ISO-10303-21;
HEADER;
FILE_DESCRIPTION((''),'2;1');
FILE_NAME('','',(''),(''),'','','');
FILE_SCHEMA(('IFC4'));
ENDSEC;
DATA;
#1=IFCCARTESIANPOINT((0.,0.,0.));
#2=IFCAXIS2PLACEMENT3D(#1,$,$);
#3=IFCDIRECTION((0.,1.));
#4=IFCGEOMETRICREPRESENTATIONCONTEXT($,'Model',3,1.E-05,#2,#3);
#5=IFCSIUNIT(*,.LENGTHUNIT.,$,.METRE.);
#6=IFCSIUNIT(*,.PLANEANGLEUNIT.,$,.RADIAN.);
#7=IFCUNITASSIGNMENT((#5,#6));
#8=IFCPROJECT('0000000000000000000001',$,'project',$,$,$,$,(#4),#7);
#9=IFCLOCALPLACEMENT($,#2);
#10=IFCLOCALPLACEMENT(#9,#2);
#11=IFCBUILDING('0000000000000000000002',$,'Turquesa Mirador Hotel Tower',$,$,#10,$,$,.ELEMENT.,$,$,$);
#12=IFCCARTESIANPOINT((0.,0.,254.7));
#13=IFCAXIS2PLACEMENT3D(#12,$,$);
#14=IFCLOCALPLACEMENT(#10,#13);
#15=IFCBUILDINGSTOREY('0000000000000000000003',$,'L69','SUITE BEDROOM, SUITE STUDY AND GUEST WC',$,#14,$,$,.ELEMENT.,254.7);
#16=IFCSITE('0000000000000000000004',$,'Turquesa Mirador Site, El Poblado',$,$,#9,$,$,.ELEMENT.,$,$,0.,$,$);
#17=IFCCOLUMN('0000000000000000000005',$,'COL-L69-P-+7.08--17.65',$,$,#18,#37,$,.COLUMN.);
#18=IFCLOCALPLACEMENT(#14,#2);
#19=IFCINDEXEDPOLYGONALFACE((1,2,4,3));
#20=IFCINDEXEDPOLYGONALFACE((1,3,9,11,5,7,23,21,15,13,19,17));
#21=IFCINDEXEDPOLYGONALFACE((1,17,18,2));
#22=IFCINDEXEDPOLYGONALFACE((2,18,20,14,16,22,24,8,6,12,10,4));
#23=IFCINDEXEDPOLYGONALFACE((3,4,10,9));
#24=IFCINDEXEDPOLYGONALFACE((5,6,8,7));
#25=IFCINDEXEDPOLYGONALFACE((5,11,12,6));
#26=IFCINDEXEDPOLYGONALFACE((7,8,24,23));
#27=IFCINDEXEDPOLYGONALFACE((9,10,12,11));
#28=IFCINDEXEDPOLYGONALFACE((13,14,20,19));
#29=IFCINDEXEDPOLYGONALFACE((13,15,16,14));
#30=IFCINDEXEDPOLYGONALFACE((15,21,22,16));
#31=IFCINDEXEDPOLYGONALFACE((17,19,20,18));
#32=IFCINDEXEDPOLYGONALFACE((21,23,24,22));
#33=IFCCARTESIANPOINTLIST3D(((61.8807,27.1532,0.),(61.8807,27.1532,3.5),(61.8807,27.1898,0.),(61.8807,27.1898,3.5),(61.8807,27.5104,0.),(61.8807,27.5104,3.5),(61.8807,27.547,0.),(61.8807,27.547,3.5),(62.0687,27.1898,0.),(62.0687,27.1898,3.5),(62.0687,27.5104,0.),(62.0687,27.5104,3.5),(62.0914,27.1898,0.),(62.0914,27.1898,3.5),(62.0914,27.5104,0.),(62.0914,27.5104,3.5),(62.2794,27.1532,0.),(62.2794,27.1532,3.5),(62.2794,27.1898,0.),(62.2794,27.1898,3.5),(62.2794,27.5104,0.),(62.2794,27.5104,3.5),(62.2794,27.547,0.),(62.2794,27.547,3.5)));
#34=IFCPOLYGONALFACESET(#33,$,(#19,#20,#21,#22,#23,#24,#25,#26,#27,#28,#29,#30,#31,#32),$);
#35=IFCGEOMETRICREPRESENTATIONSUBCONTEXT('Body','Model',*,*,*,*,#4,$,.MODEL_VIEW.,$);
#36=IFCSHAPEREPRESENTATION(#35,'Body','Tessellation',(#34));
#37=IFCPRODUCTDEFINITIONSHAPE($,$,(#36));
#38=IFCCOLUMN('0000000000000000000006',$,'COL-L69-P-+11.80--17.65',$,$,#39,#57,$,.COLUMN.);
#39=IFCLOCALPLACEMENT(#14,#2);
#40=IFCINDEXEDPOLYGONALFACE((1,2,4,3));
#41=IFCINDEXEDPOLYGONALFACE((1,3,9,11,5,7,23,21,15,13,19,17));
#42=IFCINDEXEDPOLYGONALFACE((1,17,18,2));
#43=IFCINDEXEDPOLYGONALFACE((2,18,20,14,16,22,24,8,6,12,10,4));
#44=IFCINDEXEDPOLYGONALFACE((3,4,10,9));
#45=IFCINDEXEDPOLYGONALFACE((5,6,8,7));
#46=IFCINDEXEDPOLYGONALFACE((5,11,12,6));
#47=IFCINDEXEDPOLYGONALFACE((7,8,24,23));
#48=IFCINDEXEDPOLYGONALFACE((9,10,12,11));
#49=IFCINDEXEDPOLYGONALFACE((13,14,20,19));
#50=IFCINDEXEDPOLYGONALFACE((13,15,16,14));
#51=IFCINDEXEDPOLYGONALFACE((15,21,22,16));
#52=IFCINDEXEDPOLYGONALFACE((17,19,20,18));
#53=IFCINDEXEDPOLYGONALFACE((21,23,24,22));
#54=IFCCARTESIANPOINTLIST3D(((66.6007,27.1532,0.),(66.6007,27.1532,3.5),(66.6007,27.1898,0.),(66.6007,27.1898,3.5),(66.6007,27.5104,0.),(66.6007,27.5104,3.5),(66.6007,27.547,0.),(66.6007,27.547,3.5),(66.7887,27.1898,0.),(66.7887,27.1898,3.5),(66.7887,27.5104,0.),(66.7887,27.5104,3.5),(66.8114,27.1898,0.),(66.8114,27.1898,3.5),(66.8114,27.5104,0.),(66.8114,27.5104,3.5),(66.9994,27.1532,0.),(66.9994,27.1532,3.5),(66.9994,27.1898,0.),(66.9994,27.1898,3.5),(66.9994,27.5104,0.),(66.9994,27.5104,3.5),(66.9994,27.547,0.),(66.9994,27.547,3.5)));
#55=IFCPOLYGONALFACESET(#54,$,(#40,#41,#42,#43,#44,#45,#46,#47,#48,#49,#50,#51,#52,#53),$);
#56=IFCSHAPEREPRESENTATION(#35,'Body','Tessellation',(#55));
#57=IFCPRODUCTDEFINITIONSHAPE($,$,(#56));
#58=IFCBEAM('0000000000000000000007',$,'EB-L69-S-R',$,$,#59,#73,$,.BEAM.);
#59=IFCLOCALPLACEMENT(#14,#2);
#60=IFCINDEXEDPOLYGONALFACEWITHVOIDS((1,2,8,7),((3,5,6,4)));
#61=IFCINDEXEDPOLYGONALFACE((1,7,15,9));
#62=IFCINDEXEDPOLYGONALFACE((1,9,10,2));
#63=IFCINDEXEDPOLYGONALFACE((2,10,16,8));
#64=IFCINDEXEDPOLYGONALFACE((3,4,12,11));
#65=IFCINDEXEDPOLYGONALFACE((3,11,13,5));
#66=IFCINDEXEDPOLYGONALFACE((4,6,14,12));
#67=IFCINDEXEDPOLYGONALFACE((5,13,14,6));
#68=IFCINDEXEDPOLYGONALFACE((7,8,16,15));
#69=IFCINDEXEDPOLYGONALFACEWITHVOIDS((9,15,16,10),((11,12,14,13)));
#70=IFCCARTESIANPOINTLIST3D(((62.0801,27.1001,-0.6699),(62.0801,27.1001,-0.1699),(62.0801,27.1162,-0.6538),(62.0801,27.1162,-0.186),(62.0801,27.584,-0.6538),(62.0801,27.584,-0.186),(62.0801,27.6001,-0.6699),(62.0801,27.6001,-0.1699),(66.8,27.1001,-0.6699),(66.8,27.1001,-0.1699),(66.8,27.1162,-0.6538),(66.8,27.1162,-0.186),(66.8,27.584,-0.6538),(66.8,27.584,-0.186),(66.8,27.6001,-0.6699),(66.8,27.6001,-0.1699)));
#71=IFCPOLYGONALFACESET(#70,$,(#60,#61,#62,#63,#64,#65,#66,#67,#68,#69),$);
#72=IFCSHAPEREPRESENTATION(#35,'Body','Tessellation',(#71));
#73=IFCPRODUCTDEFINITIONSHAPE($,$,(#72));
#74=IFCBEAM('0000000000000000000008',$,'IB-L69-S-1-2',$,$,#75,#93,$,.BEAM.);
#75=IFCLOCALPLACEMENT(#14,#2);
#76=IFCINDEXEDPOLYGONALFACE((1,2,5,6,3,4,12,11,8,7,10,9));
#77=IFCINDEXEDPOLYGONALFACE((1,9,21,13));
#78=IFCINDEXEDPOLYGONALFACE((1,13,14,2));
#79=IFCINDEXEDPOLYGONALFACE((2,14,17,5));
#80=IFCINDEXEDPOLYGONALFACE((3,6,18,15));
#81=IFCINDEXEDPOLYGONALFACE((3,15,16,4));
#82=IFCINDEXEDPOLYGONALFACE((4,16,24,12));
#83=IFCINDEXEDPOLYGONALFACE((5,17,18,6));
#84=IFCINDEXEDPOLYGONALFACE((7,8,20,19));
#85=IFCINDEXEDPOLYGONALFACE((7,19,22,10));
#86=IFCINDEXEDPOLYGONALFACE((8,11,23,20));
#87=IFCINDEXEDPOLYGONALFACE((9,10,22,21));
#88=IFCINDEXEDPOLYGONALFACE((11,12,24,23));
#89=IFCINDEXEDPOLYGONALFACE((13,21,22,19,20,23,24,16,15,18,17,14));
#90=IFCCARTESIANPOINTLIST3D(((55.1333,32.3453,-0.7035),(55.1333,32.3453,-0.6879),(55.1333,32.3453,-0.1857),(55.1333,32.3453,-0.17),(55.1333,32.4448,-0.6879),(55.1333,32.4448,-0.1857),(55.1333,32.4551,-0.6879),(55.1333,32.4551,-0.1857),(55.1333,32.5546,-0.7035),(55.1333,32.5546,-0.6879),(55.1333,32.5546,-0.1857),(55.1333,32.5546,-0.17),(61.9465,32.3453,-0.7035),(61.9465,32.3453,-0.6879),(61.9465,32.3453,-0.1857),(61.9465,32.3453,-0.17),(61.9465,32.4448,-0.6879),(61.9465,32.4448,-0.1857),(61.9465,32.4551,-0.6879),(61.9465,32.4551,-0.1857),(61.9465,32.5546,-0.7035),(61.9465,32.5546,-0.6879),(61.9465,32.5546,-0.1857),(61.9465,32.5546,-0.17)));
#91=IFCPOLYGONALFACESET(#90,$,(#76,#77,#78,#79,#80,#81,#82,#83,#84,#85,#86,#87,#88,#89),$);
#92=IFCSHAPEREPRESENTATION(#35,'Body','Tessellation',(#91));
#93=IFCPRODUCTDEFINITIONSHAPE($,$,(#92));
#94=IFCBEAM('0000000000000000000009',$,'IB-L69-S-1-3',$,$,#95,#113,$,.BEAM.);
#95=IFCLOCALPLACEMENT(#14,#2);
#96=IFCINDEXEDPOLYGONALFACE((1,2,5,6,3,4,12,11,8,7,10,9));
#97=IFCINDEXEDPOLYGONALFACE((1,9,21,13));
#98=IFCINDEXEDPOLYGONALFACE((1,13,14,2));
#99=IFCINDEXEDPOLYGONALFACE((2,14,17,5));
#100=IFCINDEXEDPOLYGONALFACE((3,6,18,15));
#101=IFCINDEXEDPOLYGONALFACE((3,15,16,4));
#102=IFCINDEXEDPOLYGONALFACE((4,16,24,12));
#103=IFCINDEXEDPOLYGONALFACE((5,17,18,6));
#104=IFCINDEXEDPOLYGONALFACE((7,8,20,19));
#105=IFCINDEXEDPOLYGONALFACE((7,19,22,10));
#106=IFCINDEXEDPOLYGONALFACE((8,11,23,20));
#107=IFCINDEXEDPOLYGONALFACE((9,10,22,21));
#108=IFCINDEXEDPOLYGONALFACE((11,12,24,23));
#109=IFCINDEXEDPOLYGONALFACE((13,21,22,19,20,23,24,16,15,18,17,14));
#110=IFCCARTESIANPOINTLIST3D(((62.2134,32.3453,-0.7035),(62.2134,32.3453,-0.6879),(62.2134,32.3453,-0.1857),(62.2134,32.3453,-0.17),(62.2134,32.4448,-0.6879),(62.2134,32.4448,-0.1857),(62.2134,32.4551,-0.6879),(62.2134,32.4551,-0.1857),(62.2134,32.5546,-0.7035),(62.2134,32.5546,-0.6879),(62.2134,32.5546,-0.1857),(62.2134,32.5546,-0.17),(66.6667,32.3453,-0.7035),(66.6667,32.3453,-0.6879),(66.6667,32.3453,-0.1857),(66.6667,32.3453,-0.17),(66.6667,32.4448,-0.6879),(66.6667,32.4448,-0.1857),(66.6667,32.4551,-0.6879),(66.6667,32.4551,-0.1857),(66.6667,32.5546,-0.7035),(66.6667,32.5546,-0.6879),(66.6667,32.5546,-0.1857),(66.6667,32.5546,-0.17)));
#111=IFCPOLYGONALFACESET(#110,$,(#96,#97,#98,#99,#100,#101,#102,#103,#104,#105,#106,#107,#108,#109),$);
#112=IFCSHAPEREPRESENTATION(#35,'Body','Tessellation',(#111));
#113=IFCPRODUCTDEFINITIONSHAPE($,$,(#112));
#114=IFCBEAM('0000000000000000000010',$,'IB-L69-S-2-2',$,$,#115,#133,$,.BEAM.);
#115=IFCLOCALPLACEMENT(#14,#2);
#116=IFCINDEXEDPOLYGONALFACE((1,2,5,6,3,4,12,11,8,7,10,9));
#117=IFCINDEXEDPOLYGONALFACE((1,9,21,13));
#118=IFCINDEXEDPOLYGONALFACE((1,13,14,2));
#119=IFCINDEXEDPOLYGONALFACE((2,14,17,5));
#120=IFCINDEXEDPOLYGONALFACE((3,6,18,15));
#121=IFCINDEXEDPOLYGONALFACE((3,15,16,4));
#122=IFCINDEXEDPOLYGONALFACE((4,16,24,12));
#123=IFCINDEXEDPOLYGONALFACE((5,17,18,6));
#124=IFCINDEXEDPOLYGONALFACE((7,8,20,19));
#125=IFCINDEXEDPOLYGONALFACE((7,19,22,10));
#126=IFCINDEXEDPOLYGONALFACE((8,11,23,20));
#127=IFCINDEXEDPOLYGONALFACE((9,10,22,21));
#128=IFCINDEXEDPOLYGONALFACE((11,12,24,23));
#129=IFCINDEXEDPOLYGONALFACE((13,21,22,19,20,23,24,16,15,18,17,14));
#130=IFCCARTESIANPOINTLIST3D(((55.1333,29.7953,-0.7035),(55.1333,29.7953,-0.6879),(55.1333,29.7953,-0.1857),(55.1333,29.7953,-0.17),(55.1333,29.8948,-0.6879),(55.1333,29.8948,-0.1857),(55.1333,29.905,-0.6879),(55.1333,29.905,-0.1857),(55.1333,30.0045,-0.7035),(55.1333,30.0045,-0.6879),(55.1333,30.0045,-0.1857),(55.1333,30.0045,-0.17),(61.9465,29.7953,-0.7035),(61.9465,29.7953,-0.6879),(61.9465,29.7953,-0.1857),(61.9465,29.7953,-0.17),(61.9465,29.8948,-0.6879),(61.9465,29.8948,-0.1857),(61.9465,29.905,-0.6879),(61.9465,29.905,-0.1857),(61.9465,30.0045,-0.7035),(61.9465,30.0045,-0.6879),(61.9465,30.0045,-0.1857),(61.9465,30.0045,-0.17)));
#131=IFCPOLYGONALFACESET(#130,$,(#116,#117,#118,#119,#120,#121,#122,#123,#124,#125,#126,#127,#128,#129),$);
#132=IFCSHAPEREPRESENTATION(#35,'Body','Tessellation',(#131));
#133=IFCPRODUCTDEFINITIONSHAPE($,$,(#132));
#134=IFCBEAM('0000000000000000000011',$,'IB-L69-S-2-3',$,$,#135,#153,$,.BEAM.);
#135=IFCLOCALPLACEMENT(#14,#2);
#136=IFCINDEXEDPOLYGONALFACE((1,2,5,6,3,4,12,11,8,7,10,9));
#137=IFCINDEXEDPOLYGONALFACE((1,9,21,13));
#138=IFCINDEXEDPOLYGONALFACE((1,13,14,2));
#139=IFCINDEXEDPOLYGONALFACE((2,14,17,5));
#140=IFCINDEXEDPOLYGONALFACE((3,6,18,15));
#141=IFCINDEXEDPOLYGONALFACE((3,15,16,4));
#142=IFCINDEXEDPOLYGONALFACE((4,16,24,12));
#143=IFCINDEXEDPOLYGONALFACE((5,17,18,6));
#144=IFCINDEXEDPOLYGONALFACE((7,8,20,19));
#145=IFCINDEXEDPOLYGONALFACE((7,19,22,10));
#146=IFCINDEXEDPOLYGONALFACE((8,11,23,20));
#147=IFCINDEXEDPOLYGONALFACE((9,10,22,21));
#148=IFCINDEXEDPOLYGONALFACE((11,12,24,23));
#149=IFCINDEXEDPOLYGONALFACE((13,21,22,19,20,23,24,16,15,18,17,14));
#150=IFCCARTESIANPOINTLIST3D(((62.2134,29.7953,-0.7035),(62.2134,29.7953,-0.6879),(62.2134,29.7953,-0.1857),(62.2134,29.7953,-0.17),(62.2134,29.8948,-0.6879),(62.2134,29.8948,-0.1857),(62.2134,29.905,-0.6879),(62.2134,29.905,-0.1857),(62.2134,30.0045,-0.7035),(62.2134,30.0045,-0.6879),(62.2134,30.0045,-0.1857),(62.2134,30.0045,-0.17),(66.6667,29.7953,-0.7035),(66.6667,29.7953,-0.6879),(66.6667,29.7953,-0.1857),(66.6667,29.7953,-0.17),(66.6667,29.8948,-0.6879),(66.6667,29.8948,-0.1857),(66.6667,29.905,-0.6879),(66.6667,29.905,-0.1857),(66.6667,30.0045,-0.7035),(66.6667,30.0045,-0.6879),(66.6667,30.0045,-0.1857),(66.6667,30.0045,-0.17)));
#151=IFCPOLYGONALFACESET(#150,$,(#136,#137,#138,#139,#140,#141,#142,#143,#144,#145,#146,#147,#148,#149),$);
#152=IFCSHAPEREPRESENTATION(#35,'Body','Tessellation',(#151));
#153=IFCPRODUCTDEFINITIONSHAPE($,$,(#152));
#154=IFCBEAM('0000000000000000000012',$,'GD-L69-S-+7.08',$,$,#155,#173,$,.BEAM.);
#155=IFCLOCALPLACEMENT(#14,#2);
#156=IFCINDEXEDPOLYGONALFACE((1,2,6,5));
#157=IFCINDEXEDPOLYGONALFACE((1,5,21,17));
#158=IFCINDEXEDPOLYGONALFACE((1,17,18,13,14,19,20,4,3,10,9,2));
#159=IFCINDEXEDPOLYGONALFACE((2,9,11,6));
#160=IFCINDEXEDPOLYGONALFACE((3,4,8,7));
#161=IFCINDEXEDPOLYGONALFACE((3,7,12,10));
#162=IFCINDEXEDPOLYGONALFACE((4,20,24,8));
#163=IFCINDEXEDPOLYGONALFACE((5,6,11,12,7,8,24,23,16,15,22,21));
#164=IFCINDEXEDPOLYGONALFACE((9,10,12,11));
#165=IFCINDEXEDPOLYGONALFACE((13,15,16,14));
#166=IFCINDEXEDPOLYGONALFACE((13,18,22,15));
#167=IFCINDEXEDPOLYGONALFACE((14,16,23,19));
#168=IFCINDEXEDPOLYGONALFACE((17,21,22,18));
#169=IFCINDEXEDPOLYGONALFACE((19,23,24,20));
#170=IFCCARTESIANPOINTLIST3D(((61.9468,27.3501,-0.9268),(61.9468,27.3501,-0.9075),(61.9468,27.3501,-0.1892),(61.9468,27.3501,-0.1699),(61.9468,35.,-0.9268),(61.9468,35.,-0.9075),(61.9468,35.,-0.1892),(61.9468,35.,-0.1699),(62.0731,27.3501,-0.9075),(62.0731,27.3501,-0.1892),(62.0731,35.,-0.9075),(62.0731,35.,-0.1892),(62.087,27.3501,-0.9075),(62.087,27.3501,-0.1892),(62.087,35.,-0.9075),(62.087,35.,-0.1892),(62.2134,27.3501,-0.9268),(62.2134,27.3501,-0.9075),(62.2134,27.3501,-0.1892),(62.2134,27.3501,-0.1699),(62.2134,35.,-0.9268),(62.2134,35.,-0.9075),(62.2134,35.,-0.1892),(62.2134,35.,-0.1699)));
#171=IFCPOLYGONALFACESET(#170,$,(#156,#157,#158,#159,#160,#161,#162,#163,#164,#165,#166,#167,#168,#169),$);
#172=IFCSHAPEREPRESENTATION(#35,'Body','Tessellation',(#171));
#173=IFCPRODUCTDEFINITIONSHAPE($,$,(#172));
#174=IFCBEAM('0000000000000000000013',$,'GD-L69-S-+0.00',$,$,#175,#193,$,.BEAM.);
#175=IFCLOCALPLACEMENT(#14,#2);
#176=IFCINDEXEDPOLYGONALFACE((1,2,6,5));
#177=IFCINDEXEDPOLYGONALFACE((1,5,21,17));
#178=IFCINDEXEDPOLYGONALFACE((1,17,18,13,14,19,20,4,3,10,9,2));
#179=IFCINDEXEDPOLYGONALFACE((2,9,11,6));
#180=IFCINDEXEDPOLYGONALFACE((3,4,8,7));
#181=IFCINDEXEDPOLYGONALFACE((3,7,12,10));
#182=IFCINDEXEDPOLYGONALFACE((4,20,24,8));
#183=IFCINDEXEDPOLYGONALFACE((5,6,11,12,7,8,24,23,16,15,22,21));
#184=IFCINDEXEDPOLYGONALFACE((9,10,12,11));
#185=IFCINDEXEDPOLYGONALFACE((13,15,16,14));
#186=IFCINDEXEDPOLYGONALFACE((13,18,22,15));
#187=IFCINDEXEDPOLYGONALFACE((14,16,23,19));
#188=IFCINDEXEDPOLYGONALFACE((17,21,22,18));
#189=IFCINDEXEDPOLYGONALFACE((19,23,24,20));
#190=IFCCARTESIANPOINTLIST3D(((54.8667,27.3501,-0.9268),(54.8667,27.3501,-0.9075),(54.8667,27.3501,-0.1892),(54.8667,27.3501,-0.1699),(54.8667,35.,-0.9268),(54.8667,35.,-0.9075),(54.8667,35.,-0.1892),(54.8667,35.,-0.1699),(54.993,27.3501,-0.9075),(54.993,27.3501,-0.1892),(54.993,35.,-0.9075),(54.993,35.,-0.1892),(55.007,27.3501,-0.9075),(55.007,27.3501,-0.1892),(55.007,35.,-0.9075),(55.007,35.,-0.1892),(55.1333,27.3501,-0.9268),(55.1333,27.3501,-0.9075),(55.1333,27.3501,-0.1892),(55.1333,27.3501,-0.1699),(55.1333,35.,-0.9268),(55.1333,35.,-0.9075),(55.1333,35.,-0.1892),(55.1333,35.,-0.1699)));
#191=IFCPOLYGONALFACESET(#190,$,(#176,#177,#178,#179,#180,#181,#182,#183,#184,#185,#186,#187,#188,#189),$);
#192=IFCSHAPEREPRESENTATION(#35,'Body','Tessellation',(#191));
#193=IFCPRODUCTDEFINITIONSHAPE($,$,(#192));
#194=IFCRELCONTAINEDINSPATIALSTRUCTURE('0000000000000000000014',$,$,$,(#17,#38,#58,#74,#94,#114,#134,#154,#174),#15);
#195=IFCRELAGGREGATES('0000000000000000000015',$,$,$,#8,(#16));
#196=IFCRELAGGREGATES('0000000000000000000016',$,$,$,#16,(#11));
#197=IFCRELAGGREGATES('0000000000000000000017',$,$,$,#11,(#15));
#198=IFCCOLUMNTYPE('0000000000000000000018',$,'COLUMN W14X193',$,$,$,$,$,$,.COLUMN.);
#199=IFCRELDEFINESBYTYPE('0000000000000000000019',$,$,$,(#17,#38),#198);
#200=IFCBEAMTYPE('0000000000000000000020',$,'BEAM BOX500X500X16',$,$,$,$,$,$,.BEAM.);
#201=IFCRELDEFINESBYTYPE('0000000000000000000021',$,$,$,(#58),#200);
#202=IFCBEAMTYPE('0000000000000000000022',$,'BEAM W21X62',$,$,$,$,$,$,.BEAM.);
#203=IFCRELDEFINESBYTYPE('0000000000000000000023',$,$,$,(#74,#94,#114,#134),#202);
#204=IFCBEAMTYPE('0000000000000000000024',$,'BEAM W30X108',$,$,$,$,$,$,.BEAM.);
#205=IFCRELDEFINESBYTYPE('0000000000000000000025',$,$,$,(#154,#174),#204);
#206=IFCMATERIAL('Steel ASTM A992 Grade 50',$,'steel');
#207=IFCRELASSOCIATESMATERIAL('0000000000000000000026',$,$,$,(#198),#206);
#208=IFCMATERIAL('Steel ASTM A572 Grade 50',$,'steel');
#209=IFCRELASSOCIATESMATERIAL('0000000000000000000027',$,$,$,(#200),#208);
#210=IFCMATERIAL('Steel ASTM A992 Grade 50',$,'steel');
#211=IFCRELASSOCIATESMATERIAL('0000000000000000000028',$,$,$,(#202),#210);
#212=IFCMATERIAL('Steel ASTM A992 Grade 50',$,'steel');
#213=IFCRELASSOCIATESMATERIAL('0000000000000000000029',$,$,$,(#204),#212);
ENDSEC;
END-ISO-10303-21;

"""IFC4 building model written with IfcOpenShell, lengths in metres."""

from ifc_helpers import new_model, si_unit, direction, frame, origin, origin_2d, place, context, subcontext, project, spatial, hollow_rectangle, i_section, extrude, material, material_profile, profile_set, type_object, element, save


model = new_model("IFC4")

# Units and contexts
model_context = context("Model", 3, precision=1e-05, world=origin(), true_north=direction((0.0, 1.0)))
body_context = subcontext(model_context, "Body", "Model", "MODEL_VIEW")
ifc_project = project(units=[si_unit("LENGTHUNIT", "METRE"), si_unit("PLANEANGLEUNIT", "RADIAN")], contexts=[model_context])

# Site, building, storey
site_placement = place(None, origin())
site = spatial("IfcSite", under=ifc_project, at=site_placement, Name="Turquesa Mirador Site, El Poblado", CompositionType="ELEMENT", RefElevation=0.0)
building_placement = place(site_placement, origin())
building = spatial("IfcBuilding", under=site, at=building_placement, Name="Turquesa Mirador Hotel Tower", CompositionType="ELEMENT")
storey_placement = place(building_placement, frame((0.0, 0.0, 254.7)))
storey = spatial("IfcBuildingStorey", under=building, at=storey_placement, Name="L69", Description="SUITE BEDROOM, SUITE STUDY AND GUEST WC", CompositionType="ELEMENT", Elevation=254.7)

# Columns
ifc_material_1 = material(Name="Steel ASTM A992 Grade 50", Category="steel")
ifc_material_profile_1 = material_profile(ifc_material_1, i_section(OverallWidth=0.3987, OverallDepth=0.3938, WebThickness=0.0227, FlangeThickness=0.0366, at=origin_2d()), Name="W14X193")
ifc_profile_set_1 = profile_set([ifc_material_profile_1], Name="Steel ASTM A992 Grade 50")
column_type = type_object("IfcColumnType", Name="COLUMN W14X193", PredefinedType="COLUMN", material=ifc_profile_set_1)
for number, where, z_axis, x_axis, name in (
    (1, (62.0801, 27.3501, 0.0), (0.0, 0.0, 1.0), (1.0, 0.0, 0.0), "COL-L69-P-+7.08--17.65"),
    (2, (66.8, 27.3501, 0.0), (0.0, 0.0, 1.0), (1.0, 0.0, 0.0), "COL-L69-P-+11.80--17.65"),
):
    element("IfcColumn", number, at=place(storey_placement, frame(where, z_axis=z_axis, x_axis=x_axis)), inside=storey, type_object=column_type, Name=name, PredefinedType="COLUMN", context=body_context, shape_type="SweptSolid", body=[
        extrude(i_section(OverallWidth=0.3987, OverallDepth=0.3938, WebThickness=0.0227, FlangeThickness=0.0366, at=origin_2d()), origin(), (0.0, 0.0, 1.0), 3.5),
    ])

# Beams
ifc_material_2 = material(Name="Steel ASTM A572 Grade 50", Category="steel")
ifc_material_profile_2 = material_profile(ifc_material_2, hollow_rectangle(XDim=0.5, YDim=0.5, WallThickness=0.0161, at=origin_2d()), Name="BOX500X500X16")
ifc_profile_set_2 = profile_set([ifc_material_profile_2], Name="Steel ASTM A572 Grade 50")
beam_type_1 = type_object("IfcBeamType", Name="BEAM BOX500X500X16", PredefinedType="BEAM", material=ifc_profile_set_2)
beam_1_placement = place(storey_placement, frame((62.0801, 27.3501, -0.4199), z_axis=(1.0, 0.0, 0.0), x_axis=(0.0, 1.0, 0.0)))
element("IfcBeam", 3, at=beam_1_placement, inside=storey, type_object=beam_type_1, Name="EB-L69-S-R", PredefinedType="BEAM", context=body_context, shape_type="SweptSolid", body=[
    extrude(hollow_rectangle(XDim=0.5, YDim=0.5, WallThickness=0.0161, at=origin_2d()), origin(), (0.0, 0.0, 1.0), 4.72),
])
ifc_material_3 = material(Name="Steel ASTM A992 Grade 50", Category="steel")
ifc_material_profile_3 = material_profile(ifc_material_3, i_section(OverallWidth=0.2092, OverallDepth=0.5334, WebThickness=0.0103, FlangeThickness=0.0156, at=origin_2d()), Name="W21X62")
ifc_profile_set_3 = profile_set([ifc_material_profile_3], Name="Steel ASTM A992 Grade 50")
beam_type_2 = type_object("IfcBeamType", Name="BEAM W21X62", PredefinedType="BEAM", material=ifc_profile_set_3)
beam_2_placement = place(storey_placement, frame((55.1333, 32.45, -0.4368), z_axis=(1.0, 0.0, 0.0), x_axis=(0.0, 1.0, 0.0)))
element("IfcBeam", 4, at=beam_2_placement, inside=storey, type_object=beam_type_2, Name="IB-L69-S-1-2", PredefinedType="BEAM", context=body_context, shape_type="SweptSolid", body=[
    extrude(i_section(OverallWidth=0.2092, OverallDepth=0.5334, WebThickness=0.0103, FlangeThickness=0.0156, at=origin_2d()), origin(), (0.0, 0.0, 1.0), 6.8132),
])
beam_3_placement = place(storey_placement, frame((62.2134, 32.45, -0.4368), z_axis=(1.0, 0.0, 0.0), x_axis=(0.0, 1.0, 0.0)))
element("IfcBeam", 5, at=beam_3_placement, inside=storey, type_object=beam_type_2, Name="IB-L69-S-1-3", PredefinedType="BEAM", context=body_context, shape_type="SweptSolid", body=[
    extrude(i_section(OverallWidth=0.2092, OverallDepth=0.5334, WebThickness=0.0103, FlangeThickness=0.0156, at=origin_2d()), origin(), (0.0, 0.0, 1.0), 4.4534),
])
beam_4_placement = place(storey_placement, frame((55.1333, 29.8999, -0.4368), z_axis=(1.0, 0.0, 0.0), x_axis=(0.0, 1.0, 0.0)))
element("IfcBeam", 6, at=beam_4_placement, inside=storey, type_object=beam_type_2, Name="IB-L69-S-2-2", PredefinedType="BEAM", context=body_context, shape_type="SweptSolid", body=[
    extrude(i_section(OverallWidth=0.2092, OverallDepth=0.5334, WebThickness=0.0103, FlangeThickness=0.0156, at=origin_2d()), origin(), (0.0, 0.0, 1.0), 6.8132),
])
beam_5_placement = place(storey_placement, frame((62.2134, 29.8999, -0.4368), z_axis=(1.0, 0.0, 0.0), x_axis=(0.0, 1.0, 0.0)))
element("IfcBeam", 7, at=beam_5_placement, inside=storey, type_object=beam_type_2, Name="IB-L69-S-2-3", PredefinedType="BEAM", context=body_context, shape_type="SweptSolid", body=[
    extrude(i_section(OverallWidth=0.2092, OverallDepth=0.5334, WebThickness=0.0103, FlangeThickness=0.0156, at=origin_2d()), origin(), (0.0, 0.0, 1.0), 4.4534),
])
ifc_material_4 = material(Name="Steel ASTM A992 Grade 50", Category="steel")
ifc_material_profile_4 = material_profile(ifc_material_4, i_section(OverallWidth=0.2666, OverallDepth=0.7568, WebThickness=0.0139, FlangeThickness=0.0193, at=origin_2d()), Name="W30X108")
ifc_profile_set_4 = profile_set([ifc_material_profile_4], Name="Steel ASTM A992 Grade 50")
beam_type_3 = type_object("IfcBeamType", Name="BEAM W30X108", PredefinedType="BEAM", material=ifc_profile_set_4)
for number, where, z_axis, x_axis, name in (
    (8, (62.0801, 27.3501, -0.5483), (0.0, 1.0, 0.0), (-1.0, 0.0, 0.0), "GD-L69-S-+7.08"),
    (9, (55.0, 27.3501, -0.5483), (0.0, 1.0, 0.0), (-1.0, 0.0, 0.0), "GD-L69-S-+0.00"),
):
    element("IfcBeam", number, at=place(storey_placement, frame(where, z_axis=z_axis, x_axis=x_axis)), inside=storey, type_object=beam_type_3, Name=name, PredefinedType="BEAM", context=body_context, shape_type="SweptSolid", body=[
        extrude(i_section(OverallWidth=0.2666, OverallDepth=0.7568, WebThickness=0.0139, FlangeThickness=0.0193, at=origin_2d()), origin(), (0.0, 0.0, 1.0), 7.6499),
    ])

save(model, "model.ifc")
